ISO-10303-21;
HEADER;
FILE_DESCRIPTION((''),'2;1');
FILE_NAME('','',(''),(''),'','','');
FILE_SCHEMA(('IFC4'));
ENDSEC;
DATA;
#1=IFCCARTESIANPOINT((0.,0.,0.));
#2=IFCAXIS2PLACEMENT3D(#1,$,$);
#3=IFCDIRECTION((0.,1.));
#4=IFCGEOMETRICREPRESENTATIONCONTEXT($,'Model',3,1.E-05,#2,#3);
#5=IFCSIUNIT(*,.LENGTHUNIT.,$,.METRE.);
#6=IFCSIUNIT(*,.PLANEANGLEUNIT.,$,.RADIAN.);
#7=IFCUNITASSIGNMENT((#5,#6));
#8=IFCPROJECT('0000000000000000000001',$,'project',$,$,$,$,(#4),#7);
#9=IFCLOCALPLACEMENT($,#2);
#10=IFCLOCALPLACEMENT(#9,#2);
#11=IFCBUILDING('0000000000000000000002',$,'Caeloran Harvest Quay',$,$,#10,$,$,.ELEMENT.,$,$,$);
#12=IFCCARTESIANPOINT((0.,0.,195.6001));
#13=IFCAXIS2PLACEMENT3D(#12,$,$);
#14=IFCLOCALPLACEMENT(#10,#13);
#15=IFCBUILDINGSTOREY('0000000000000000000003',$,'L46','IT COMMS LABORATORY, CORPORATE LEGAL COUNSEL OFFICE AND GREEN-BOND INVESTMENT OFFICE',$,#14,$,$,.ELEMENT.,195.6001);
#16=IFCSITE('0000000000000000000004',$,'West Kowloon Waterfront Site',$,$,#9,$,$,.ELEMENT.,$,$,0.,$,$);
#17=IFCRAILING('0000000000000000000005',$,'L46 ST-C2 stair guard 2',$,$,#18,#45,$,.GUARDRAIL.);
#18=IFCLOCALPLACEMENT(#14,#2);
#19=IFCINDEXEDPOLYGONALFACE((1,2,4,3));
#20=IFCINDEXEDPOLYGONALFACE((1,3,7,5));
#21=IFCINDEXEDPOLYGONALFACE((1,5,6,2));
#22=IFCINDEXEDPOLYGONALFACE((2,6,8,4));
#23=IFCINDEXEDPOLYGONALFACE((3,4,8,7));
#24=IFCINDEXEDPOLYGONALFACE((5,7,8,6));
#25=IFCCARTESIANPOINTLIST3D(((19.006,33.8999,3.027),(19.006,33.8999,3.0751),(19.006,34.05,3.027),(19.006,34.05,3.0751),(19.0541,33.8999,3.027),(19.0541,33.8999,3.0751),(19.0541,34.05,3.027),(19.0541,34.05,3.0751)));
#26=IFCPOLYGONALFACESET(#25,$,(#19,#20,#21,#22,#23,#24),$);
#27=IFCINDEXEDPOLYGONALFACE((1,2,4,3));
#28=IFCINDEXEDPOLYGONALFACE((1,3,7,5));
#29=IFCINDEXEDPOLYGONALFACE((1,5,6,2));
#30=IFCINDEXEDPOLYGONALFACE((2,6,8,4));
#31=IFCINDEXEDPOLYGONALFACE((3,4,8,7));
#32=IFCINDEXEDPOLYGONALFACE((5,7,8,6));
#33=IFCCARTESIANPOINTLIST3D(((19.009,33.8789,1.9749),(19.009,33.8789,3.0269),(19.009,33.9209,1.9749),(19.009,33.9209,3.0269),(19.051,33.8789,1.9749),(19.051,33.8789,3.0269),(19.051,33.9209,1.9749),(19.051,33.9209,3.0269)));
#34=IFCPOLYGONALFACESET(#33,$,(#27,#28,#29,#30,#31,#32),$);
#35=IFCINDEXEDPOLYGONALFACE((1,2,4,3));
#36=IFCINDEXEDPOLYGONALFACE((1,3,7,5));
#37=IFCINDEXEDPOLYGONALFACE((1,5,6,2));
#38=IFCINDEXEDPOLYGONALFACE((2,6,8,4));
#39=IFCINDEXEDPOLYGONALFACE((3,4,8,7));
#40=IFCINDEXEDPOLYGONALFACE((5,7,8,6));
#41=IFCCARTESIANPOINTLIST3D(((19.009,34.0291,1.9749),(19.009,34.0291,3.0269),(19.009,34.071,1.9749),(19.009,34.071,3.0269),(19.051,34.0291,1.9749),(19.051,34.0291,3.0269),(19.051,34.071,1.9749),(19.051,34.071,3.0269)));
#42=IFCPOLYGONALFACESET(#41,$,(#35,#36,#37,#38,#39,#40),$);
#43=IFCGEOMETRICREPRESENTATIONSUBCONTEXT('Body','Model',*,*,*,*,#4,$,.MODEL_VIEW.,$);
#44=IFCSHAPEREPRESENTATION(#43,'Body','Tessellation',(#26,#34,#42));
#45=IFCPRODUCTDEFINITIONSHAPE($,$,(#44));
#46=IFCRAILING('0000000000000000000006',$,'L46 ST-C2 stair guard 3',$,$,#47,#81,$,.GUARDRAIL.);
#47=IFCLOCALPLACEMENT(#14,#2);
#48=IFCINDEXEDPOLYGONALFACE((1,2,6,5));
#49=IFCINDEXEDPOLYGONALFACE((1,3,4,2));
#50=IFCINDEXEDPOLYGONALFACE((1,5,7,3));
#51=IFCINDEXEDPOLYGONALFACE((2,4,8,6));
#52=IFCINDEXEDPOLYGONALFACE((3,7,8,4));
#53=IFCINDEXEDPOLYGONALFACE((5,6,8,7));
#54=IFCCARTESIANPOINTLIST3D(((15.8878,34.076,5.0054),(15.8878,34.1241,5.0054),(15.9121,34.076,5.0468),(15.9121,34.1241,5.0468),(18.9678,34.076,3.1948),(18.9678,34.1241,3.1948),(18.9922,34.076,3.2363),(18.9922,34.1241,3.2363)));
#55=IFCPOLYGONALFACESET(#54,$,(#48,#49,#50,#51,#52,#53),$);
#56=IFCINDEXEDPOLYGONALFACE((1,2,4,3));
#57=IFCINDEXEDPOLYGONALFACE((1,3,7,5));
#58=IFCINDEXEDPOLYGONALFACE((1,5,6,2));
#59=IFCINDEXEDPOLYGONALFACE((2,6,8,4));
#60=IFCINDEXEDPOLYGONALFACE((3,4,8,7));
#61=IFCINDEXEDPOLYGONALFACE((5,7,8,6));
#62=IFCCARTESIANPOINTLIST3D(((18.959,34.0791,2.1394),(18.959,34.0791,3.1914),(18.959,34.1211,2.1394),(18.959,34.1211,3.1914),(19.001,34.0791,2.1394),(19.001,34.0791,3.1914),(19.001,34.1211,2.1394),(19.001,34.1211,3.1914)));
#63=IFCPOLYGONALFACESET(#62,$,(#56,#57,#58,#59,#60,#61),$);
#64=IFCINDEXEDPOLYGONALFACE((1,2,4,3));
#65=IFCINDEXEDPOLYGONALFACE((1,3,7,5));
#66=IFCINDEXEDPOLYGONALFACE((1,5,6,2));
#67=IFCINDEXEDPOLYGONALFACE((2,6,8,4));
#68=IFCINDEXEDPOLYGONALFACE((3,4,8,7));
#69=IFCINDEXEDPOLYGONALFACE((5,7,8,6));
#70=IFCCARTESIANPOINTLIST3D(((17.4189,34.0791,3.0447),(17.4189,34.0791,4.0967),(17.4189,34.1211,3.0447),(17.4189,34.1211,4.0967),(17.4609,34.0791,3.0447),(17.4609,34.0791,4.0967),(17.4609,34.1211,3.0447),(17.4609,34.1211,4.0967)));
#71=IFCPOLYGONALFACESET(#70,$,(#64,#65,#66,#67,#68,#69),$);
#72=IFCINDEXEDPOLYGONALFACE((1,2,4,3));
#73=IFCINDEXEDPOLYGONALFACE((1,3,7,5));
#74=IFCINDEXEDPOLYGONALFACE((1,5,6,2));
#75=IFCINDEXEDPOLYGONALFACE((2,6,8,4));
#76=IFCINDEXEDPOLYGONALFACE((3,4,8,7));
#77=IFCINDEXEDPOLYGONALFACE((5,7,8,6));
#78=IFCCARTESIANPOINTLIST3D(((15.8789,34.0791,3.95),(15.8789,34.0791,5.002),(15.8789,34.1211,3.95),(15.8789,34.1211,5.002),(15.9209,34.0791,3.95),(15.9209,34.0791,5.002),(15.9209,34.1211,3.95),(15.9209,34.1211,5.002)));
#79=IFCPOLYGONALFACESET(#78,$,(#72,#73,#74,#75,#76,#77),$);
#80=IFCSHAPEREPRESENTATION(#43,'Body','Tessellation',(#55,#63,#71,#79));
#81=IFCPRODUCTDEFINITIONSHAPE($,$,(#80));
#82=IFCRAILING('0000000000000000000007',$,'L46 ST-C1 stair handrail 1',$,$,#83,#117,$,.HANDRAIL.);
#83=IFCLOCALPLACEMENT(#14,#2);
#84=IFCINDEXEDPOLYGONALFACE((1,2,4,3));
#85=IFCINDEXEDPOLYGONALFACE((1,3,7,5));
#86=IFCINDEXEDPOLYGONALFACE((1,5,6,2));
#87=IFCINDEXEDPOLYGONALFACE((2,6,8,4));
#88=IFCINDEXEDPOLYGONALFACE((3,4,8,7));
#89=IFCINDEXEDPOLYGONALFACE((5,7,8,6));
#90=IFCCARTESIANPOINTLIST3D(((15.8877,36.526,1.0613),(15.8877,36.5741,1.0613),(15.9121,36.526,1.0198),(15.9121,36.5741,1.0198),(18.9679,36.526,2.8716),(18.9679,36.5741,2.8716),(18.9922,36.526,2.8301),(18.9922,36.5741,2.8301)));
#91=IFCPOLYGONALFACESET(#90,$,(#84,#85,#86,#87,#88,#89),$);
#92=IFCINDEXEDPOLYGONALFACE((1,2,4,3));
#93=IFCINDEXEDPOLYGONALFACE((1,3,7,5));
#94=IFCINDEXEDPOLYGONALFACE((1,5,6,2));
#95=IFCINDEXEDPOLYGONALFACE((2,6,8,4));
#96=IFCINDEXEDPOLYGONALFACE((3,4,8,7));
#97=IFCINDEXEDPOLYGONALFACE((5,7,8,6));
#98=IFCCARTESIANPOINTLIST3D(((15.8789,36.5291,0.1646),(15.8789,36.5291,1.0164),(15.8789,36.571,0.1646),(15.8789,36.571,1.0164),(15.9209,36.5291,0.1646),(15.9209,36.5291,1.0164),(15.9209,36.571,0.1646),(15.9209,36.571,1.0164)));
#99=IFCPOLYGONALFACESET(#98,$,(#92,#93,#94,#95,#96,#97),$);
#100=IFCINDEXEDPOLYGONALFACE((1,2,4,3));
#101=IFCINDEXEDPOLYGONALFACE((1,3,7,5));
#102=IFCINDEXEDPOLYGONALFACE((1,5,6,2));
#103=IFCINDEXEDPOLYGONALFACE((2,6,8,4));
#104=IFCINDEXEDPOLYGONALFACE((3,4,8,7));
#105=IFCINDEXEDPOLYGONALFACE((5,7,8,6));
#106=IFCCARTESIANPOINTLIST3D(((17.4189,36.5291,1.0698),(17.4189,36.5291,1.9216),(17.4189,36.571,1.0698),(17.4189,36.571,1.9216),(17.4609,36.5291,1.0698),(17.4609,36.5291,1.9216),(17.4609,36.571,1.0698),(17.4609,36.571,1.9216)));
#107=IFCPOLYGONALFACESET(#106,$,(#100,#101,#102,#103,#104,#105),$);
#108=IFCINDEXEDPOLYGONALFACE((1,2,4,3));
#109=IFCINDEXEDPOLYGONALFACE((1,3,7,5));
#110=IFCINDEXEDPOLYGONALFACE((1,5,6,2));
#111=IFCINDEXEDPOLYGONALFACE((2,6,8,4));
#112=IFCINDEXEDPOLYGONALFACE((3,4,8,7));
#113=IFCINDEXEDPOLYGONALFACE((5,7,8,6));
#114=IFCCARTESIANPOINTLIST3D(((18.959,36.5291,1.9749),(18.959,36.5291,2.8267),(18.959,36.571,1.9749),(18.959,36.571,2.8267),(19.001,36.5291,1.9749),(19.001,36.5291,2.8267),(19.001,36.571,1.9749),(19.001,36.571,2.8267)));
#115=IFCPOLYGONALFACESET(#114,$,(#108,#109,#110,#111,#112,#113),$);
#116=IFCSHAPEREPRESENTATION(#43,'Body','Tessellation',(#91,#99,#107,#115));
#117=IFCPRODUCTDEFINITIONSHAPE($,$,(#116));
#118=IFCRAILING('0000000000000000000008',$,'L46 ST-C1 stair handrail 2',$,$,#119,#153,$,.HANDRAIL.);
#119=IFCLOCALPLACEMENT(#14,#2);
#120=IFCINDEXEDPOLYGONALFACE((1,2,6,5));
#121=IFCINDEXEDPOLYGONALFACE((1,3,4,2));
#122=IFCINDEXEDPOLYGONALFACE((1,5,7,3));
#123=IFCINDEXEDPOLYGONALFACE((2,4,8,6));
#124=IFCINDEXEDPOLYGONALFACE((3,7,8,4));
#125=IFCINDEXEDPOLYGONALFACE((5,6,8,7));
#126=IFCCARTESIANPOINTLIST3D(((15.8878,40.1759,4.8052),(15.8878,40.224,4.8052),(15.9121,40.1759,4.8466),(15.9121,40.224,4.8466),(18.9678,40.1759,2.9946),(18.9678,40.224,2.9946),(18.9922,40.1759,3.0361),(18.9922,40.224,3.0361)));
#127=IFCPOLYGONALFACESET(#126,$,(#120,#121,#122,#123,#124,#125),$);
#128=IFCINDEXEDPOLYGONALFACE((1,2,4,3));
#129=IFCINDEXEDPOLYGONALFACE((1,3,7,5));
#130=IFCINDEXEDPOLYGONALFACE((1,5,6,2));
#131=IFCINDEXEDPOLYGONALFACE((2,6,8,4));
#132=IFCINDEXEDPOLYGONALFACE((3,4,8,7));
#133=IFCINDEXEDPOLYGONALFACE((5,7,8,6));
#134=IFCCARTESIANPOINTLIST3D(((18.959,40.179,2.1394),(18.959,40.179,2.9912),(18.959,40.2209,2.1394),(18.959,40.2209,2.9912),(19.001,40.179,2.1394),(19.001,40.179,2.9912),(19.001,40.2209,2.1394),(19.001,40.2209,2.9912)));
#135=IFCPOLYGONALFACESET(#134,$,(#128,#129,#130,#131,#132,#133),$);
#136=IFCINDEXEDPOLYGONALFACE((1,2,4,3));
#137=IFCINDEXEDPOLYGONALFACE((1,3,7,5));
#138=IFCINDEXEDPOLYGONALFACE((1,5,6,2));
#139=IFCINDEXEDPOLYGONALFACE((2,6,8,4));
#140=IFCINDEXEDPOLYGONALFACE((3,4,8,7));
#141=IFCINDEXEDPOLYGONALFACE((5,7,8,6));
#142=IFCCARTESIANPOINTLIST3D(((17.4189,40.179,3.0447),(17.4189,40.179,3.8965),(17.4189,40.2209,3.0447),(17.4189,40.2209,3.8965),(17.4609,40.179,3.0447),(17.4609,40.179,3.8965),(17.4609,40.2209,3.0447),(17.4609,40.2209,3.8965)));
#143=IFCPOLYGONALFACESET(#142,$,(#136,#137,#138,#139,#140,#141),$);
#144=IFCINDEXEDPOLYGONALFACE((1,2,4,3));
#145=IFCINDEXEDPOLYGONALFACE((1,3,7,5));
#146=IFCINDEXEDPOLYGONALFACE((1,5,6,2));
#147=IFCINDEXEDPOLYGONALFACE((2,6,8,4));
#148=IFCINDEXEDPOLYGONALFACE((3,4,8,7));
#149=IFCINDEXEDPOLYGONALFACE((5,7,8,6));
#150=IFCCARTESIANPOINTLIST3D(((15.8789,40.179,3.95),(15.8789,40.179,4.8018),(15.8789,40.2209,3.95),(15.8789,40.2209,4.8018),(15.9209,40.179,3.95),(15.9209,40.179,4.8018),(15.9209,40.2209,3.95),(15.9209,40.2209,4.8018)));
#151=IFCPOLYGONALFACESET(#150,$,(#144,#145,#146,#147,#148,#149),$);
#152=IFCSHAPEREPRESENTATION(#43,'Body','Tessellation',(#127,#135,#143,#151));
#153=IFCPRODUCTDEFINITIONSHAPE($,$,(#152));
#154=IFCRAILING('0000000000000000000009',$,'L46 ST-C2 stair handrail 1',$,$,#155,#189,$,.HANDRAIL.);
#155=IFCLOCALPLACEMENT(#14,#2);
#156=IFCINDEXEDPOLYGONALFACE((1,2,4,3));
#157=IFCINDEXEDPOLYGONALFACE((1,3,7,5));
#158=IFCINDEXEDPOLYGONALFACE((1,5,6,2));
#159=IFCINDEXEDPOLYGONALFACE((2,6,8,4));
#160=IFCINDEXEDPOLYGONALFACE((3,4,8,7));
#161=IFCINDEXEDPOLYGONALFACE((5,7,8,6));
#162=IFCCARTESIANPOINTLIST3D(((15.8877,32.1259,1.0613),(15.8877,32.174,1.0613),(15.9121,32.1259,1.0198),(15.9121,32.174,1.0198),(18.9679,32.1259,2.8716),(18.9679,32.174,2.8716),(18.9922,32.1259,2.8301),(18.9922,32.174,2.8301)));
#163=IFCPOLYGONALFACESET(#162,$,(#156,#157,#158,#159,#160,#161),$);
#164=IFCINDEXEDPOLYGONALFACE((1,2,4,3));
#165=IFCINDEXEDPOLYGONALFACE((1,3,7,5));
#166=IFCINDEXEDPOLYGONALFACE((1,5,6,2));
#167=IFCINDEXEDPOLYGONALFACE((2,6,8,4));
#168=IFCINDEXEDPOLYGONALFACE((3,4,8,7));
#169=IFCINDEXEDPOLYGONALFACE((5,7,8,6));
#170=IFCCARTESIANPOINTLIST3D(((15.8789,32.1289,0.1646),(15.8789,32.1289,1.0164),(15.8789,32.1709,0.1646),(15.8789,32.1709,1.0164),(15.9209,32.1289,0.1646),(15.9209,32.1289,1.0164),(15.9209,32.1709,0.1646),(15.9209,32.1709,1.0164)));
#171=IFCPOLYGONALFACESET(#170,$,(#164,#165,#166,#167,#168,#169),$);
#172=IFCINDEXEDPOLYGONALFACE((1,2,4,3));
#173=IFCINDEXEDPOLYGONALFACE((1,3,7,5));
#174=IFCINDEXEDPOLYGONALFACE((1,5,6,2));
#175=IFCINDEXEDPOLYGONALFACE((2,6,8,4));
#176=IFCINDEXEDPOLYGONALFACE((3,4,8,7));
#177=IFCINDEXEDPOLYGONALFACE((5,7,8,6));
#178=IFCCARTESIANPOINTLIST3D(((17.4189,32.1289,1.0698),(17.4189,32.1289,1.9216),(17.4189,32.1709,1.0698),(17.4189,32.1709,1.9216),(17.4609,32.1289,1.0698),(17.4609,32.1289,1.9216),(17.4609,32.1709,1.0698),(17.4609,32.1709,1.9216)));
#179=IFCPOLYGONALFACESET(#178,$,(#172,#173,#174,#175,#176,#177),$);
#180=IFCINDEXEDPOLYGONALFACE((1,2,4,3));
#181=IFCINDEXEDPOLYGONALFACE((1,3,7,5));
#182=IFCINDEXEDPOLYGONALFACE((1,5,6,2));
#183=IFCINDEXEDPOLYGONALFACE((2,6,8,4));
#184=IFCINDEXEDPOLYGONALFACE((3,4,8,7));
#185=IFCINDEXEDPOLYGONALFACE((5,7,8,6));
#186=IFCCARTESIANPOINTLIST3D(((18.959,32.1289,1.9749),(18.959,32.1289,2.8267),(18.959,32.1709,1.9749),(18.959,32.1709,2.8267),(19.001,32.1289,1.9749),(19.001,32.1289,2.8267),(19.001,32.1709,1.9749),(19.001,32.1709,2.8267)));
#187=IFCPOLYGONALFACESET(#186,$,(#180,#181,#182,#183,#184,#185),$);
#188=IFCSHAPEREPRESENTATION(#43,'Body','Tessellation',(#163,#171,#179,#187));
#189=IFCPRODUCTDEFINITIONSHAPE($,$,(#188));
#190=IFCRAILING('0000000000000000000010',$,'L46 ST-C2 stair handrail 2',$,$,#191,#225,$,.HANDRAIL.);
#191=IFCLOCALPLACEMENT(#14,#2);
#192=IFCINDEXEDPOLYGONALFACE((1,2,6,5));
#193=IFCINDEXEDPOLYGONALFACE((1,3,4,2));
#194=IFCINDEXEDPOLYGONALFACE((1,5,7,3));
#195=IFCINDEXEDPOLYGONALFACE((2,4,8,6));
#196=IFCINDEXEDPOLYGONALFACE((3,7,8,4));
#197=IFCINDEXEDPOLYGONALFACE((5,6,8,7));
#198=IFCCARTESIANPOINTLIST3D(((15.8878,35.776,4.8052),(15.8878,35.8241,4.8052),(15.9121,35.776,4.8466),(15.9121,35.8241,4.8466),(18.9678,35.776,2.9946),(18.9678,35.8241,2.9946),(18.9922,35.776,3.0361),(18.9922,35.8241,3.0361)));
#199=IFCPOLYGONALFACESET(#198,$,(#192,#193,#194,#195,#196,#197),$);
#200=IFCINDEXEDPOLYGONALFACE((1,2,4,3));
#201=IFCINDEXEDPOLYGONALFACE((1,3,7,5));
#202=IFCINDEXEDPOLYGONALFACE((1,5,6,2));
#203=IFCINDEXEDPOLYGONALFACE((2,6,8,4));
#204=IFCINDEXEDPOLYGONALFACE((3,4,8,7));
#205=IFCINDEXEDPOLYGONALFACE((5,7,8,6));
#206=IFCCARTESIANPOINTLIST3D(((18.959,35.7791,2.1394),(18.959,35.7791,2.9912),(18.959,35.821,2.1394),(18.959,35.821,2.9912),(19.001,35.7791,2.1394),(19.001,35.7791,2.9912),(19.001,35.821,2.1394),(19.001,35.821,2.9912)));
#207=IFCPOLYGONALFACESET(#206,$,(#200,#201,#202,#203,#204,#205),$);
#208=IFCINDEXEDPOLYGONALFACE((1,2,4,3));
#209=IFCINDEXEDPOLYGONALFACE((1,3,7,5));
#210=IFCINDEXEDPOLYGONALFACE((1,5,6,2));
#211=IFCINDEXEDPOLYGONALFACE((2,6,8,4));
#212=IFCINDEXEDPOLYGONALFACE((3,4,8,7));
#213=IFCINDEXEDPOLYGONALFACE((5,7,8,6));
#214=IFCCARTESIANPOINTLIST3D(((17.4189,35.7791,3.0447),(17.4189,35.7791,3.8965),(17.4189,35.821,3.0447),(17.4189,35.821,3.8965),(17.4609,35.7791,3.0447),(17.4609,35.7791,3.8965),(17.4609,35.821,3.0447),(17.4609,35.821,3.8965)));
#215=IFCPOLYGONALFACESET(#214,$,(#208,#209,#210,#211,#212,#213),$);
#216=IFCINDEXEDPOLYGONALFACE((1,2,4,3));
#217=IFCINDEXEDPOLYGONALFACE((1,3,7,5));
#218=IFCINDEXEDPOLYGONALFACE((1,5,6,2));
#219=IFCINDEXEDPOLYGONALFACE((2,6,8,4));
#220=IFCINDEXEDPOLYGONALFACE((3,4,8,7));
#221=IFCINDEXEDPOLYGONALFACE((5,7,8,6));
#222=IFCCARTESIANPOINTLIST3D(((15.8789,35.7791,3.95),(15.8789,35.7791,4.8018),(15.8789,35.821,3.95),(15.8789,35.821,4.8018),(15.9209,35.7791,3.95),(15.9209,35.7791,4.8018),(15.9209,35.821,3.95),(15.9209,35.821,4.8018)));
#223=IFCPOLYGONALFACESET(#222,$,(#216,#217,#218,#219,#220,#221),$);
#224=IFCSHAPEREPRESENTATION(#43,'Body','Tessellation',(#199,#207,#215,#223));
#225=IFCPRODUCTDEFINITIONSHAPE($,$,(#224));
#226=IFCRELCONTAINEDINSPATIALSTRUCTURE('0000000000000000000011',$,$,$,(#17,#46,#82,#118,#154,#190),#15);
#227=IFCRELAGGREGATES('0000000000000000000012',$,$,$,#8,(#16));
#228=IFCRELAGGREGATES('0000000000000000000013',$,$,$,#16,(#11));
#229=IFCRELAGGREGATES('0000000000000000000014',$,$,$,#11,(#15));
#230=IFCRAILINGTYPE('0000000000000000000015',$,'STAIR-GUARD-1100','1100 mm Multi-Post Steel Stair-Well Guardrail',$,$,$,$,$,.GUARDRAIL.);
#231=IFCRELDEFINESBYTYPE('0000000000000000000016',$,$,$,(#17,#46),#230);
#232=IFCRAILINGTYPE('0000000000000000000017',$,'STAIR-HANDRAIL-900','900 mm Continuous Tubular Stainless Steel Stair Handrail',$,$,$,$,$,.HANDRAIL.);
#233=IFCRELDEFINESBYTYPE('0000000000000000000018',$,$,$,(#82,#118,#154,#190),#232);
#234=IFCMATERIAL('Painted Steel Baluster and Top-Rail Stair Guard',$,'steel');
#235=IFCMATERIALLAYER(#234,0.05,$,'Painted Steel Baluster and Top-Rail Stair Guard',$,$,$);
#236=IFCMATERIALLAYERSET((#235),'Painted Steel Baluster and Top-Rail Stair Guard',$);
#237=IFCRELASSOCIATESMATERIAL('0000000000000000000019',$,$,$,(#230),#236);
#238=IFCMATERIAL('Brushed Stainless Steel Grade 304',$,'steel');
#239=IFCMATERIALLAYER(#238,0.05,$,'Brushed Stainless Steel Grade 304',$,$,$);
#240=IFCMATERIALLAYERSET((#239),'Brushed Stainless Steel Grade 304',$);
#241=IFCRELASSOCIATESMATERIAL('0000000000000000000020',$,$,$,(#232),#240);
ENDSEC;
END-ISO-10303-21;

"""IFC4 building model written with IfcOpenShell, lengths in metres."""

from ifc_helpers import new_model, si_unit, direction, frame, origin, origin_2d, place, context, subcontext, project, spatial, rectangle, extrude, material, layer, layer_set, type_object, element, save


model = new_model("IFC4")

# Units and contexts
model_context = context("Model", 3, precision=1e-05, world=origin(), true_north=direction((0.0, 1.0)))
body_context = subcontext(model_context, "Body", "Model", "MODEL_VIEW")
ifc_project = project(units=[si_unit("LENGTHUNIT", "METRE"), si_unit("PLANEANGLEUNIT", "RADIAN")], contexts=[model_context])

# Site, building, storey
site_placement = place(None, origin())
site = spatial("IfcSite", under=ifc_project, at=site_placement, Name="West Kowloon Waterfront Site", CompositionType="ELEMENT", RefElevation=0.0)
building_placement = place(site_placement, origin())
building = spatial("IfcBuilding", under=site, at=building_placement, Name="Caeloran Harvest Quay", CompositionType="ELEMENT")
storey_placement = place(building_placement, frame((0.0, 0.0, 195.6001)))
storey = spatial("IfcBuildingStorey", under=building, at=storey_placement, Name="L46", Description="IT COMMS LABORATORY, CORPORATE LEGAL COUNSEL OFFICE AND GREEN-BOND INVESTMENT OFFICE", CompositionType="ELEMENT", Elevation=195.6001)

# Railings
ifc_material_1 = material(Name="Painted Steel Baluster and Top-Rail Stair Guard", Category="steel")
ifc_layer_1 = layer(ifc_material_1, 0.05, Name="Painted Steel Baluster and Top-Rail Stair Guard")
ifc_layer_set_1 = layer_set([ifc_layer_1], Name="Painted Steel Baluster and Top-Rail Stair Guard")
railing_type_1 = type_object("IfcRailingType", Name="STAIR-GUARD-1100", Description="1100 mm Multi-Post Steel Stair-Well Guardrail", PredefinedType="GUARDRAIL", material=ifc_layer_set_1)
railing_1_placement = place(storey_placement, frame((19.03, 33.8999, 1.9749)))
element("IfcRailing", 1, at=railing_1_placement, inside=storey, type_object=railing_type_1, Name="L46 ST-C2 stair guard 2", PredefinedType="GUARDRAIL", context=body_context, shape_type="SweptSolid", body=[
    extrude(rectangle(XDim=0.0481, YDim=0.0481, at=origin_2d()), frame((0.0, 0.0, 1.0762), z_axis=(0.0, 1.0, 0.0), x_axis=(-1.0, 0.0, 0.0)), (0.0, 0.0, 1.0), 0.1501),
    extrude(rectangle(XDim=0.042, YDim=0.042, at=origin_2d()), origin(), (0.0, 0.0, 1.0), 1.052),
    extrude(rectangle(XDim=0.042, YDim=0.042, at=origin_2d()), frame((0.0, 0.1501, 0.0)), (0.0, 0.0, 1.0), 1.052),
])
railing_2_placement = place(storey_placement, frame((18.98, 34.1001, 2.1394)))
element("IfcRailing", 2, at=railing_2_placement, inside=storey, type_object=railing_type_1, Name="L46 ST-C2 stair guard 3", PredefinedType="GUARDRAIL", context=body_context, shape_type="SweptSolid", body=[
    extrude(rectangle(XDim=0.0481, YDim=0.0481, at=origin_2d()), frame((0.0, 0.0, 1.0762), z_axis=(-0.862089, 0.0, 0.506757), x_axis=(0.0, -1.0, 0.0)), (0.0, 0.0, 1.0), 3.5728),
    extrude(rectangle(XDim=0.042, YDim=0.042, at=origin_2d()), origin(), (0.0, 0.0, 1.0), 1.052),
    extrude(rectangle(XDim=0.042, YDim=0.042, at=origin_2d()), frame((-1.54, 0.0, 0.9053)), (0.0, 0.0, 1.0), 1.052),
    extrude(rectangle(XDim=0.042, YDim=0.042, at=origin_2d()), frame((-3.0801, 0.0, 1.8105)), (0.0, 0.0, 1.0), 1.052),
])
ifc_material_2 = material(Name="Brushed Stainless Steel Grade 304", Category="steel")
ifc_layer_2 = layer(ifc_material_2, 0.05, Name="Brushed Stainless Steel Grade 304")
ifc_layer_set_2 = layer_set([ifc_layer_2], Name="Brushed Stainless Steel Grade 304")
railing_type_2 = type_object("IfcRailingType", Name="STAIR-HANDRAIL-900", Description="900 mm Continuous Tubular Stainless Steel Stair Handrail", PredefinedType="HANDRAIL", material=ifc_layer_set_2)
railing_3_placement = place(storey_placement, frame((15.8999, 36.55, 0.1646)))
element("IfcRailing", 3, at=railing_3_placement, inside=storey, type_object=railing_type_2, Name="L46 ST-C1 stair handrail 1", PredefinedType="HANDRAIL", context=body_context, shape_type="SweptSolid", body=[
    extrude(rectangle(XDim=0.0481, YDim=0.0481, at=origin_2d()), frame((0.0, 0.0, 0.876), z_axis=(0.862119, 0.0, 0.506707), x_axis=(0.0, 1.0, 0.0)), (0.0, 0.0, 1.0), 3.5728),
    extrude(rectangle(XDim=0.042, YDim=0.042, at=origin_2d()), origin(), (0.0, 0.0, 1.0), 0.8518),
    extrude(rectangle(XDim=0.042, YDim=0.042, at=origin_2d()), frame((1.54, 0.0, 0.9053)), (0.0, 0.0, 1.0), 0.8518),
    extrude(rectangle(XDim=0.042, YDim=0.042, at=origin_2d()), frame((3.0801, 0.0, 1.8103)), (0.0, 0.0, 1.0), 0.8518),
])
railing_4_placement = place(storey_placement, frame((18.98, 40.2, 2.1394)))
element("IfcRailing", 4, at=railing_4_placement, inside=storey, type_object=railing_type_2, Name="L46 ST-C1 stair handrail 2", PredefinedType="HANDRAIL", context=body_context, shape_type="SweptSolid", body=[
    extrude(rectangle(XDim=0.0481, YDim=0.0481, at=origin_2d()), frame((0.0, 0.0, 0.876), z_axis=(-0.862089, 0.0, 0.506757), x_axis=(0.0, -1.0, 0.0)), (0.0, 0.0, 1.0), 3.5728),
    extrude(rectangle(XDim=0.042, YDim=0.042, at=origin_2d()), origin(), (0.0, 0.0, 1.0), 0.8518),
    extrude(rectangle(XDim=0.042, YDim=0.042, at=origin_2d()), frame((-1.54, 0.0, 0.9053)), (0.0, 0.0, 1.0), 0.8518),
    extrude(rectangle(XDim=0.042, YDim=0.042, at=origin_2d()), frame((-3.0801, 0.0, 1.8105)), (0.0, 0.0, 1.0), 0.8518),
])
railing_5_placement = place(storey_placement, frame((15.8999, 32.1499, 0.1646)))
element("IfcRailing", 5, at=railing_5_placement, inside=storey, type_object=railing_type_2, Name="L46 ST-C2 stair handrail 1", PredefinedType="HANDRAIL", context=body_context, shape_type="SweptSolid", body=[
    extrude(rectangle(XDim=0.0481, YDim=0.0481, at=origin_2d()), frame((0.0, 0.0, 0.876), z_axis=(0.862119, 0.0, 0.506707), x_axis=(0.0, 1.0, 0.0)), (0.0, 0.0, 1.0), 3.5728),
    extrude(rectangle(XDim=0.042, YDim=0.042, at=origin_2d()), origin(), (0.0, 0.0, 1.0), 0.8518),
    extrude(rectangle(XDim=0.042, YDim=0.042, at=origin_2d()), frame((1.54, 0.0, 0.9053)), (0.0, 0.0, 1.0), 0.8518),
    extrude(rectangle(XDim=0.042, YDim=0.042, at=origin_2d()), frame((3.0801, 0.0, 1.8103)), (0.0, 0.0, 1.0), 0.8518),
])
railing_6_placement = place(storey_placement, frame((18.98, 35.8, 2.1394)))
element("IfcRailing", 6, at=railing_6_placement, inside=storey, type_object=railing_type_2, Name="L46 ST-C2 stair handrail 2", PredefinedType="HANDRAIL", context=body_context, shape_type="SweptSolid", body=[
    extrude(rectangle(XDim=0.0481, YDim=0.0481, at=origin_2d()), frame((0.0, 0.0, 0.876), z_axis=(-0.862089, 0.0, 0.506757), x_axis=(0.0, -1.0, 0.0)), (0.0, 0.0, 1.0), 3.5728),
    extrude(rectangle(XDim=0.042, YDim=0.042, at=origin_2d()), origin(), (0.0, 0.0, 1.0), 0.8518),
    extrude(rectangle(XDim=0.042, YDim=0.042, at=origin_2d()), frame((-1.54, 0.0, 0.9053)), (0.0, 0.0, 1.0), 0.8518),
    extrude(rectangle(XDim=0.042, YDim=0.042, at=origin_2d()), frame((-3.0801, 0.0, 1.8105)), (0.0, 0.0, 1.0), 0.8518),
])

save(model, "model.ifc")
